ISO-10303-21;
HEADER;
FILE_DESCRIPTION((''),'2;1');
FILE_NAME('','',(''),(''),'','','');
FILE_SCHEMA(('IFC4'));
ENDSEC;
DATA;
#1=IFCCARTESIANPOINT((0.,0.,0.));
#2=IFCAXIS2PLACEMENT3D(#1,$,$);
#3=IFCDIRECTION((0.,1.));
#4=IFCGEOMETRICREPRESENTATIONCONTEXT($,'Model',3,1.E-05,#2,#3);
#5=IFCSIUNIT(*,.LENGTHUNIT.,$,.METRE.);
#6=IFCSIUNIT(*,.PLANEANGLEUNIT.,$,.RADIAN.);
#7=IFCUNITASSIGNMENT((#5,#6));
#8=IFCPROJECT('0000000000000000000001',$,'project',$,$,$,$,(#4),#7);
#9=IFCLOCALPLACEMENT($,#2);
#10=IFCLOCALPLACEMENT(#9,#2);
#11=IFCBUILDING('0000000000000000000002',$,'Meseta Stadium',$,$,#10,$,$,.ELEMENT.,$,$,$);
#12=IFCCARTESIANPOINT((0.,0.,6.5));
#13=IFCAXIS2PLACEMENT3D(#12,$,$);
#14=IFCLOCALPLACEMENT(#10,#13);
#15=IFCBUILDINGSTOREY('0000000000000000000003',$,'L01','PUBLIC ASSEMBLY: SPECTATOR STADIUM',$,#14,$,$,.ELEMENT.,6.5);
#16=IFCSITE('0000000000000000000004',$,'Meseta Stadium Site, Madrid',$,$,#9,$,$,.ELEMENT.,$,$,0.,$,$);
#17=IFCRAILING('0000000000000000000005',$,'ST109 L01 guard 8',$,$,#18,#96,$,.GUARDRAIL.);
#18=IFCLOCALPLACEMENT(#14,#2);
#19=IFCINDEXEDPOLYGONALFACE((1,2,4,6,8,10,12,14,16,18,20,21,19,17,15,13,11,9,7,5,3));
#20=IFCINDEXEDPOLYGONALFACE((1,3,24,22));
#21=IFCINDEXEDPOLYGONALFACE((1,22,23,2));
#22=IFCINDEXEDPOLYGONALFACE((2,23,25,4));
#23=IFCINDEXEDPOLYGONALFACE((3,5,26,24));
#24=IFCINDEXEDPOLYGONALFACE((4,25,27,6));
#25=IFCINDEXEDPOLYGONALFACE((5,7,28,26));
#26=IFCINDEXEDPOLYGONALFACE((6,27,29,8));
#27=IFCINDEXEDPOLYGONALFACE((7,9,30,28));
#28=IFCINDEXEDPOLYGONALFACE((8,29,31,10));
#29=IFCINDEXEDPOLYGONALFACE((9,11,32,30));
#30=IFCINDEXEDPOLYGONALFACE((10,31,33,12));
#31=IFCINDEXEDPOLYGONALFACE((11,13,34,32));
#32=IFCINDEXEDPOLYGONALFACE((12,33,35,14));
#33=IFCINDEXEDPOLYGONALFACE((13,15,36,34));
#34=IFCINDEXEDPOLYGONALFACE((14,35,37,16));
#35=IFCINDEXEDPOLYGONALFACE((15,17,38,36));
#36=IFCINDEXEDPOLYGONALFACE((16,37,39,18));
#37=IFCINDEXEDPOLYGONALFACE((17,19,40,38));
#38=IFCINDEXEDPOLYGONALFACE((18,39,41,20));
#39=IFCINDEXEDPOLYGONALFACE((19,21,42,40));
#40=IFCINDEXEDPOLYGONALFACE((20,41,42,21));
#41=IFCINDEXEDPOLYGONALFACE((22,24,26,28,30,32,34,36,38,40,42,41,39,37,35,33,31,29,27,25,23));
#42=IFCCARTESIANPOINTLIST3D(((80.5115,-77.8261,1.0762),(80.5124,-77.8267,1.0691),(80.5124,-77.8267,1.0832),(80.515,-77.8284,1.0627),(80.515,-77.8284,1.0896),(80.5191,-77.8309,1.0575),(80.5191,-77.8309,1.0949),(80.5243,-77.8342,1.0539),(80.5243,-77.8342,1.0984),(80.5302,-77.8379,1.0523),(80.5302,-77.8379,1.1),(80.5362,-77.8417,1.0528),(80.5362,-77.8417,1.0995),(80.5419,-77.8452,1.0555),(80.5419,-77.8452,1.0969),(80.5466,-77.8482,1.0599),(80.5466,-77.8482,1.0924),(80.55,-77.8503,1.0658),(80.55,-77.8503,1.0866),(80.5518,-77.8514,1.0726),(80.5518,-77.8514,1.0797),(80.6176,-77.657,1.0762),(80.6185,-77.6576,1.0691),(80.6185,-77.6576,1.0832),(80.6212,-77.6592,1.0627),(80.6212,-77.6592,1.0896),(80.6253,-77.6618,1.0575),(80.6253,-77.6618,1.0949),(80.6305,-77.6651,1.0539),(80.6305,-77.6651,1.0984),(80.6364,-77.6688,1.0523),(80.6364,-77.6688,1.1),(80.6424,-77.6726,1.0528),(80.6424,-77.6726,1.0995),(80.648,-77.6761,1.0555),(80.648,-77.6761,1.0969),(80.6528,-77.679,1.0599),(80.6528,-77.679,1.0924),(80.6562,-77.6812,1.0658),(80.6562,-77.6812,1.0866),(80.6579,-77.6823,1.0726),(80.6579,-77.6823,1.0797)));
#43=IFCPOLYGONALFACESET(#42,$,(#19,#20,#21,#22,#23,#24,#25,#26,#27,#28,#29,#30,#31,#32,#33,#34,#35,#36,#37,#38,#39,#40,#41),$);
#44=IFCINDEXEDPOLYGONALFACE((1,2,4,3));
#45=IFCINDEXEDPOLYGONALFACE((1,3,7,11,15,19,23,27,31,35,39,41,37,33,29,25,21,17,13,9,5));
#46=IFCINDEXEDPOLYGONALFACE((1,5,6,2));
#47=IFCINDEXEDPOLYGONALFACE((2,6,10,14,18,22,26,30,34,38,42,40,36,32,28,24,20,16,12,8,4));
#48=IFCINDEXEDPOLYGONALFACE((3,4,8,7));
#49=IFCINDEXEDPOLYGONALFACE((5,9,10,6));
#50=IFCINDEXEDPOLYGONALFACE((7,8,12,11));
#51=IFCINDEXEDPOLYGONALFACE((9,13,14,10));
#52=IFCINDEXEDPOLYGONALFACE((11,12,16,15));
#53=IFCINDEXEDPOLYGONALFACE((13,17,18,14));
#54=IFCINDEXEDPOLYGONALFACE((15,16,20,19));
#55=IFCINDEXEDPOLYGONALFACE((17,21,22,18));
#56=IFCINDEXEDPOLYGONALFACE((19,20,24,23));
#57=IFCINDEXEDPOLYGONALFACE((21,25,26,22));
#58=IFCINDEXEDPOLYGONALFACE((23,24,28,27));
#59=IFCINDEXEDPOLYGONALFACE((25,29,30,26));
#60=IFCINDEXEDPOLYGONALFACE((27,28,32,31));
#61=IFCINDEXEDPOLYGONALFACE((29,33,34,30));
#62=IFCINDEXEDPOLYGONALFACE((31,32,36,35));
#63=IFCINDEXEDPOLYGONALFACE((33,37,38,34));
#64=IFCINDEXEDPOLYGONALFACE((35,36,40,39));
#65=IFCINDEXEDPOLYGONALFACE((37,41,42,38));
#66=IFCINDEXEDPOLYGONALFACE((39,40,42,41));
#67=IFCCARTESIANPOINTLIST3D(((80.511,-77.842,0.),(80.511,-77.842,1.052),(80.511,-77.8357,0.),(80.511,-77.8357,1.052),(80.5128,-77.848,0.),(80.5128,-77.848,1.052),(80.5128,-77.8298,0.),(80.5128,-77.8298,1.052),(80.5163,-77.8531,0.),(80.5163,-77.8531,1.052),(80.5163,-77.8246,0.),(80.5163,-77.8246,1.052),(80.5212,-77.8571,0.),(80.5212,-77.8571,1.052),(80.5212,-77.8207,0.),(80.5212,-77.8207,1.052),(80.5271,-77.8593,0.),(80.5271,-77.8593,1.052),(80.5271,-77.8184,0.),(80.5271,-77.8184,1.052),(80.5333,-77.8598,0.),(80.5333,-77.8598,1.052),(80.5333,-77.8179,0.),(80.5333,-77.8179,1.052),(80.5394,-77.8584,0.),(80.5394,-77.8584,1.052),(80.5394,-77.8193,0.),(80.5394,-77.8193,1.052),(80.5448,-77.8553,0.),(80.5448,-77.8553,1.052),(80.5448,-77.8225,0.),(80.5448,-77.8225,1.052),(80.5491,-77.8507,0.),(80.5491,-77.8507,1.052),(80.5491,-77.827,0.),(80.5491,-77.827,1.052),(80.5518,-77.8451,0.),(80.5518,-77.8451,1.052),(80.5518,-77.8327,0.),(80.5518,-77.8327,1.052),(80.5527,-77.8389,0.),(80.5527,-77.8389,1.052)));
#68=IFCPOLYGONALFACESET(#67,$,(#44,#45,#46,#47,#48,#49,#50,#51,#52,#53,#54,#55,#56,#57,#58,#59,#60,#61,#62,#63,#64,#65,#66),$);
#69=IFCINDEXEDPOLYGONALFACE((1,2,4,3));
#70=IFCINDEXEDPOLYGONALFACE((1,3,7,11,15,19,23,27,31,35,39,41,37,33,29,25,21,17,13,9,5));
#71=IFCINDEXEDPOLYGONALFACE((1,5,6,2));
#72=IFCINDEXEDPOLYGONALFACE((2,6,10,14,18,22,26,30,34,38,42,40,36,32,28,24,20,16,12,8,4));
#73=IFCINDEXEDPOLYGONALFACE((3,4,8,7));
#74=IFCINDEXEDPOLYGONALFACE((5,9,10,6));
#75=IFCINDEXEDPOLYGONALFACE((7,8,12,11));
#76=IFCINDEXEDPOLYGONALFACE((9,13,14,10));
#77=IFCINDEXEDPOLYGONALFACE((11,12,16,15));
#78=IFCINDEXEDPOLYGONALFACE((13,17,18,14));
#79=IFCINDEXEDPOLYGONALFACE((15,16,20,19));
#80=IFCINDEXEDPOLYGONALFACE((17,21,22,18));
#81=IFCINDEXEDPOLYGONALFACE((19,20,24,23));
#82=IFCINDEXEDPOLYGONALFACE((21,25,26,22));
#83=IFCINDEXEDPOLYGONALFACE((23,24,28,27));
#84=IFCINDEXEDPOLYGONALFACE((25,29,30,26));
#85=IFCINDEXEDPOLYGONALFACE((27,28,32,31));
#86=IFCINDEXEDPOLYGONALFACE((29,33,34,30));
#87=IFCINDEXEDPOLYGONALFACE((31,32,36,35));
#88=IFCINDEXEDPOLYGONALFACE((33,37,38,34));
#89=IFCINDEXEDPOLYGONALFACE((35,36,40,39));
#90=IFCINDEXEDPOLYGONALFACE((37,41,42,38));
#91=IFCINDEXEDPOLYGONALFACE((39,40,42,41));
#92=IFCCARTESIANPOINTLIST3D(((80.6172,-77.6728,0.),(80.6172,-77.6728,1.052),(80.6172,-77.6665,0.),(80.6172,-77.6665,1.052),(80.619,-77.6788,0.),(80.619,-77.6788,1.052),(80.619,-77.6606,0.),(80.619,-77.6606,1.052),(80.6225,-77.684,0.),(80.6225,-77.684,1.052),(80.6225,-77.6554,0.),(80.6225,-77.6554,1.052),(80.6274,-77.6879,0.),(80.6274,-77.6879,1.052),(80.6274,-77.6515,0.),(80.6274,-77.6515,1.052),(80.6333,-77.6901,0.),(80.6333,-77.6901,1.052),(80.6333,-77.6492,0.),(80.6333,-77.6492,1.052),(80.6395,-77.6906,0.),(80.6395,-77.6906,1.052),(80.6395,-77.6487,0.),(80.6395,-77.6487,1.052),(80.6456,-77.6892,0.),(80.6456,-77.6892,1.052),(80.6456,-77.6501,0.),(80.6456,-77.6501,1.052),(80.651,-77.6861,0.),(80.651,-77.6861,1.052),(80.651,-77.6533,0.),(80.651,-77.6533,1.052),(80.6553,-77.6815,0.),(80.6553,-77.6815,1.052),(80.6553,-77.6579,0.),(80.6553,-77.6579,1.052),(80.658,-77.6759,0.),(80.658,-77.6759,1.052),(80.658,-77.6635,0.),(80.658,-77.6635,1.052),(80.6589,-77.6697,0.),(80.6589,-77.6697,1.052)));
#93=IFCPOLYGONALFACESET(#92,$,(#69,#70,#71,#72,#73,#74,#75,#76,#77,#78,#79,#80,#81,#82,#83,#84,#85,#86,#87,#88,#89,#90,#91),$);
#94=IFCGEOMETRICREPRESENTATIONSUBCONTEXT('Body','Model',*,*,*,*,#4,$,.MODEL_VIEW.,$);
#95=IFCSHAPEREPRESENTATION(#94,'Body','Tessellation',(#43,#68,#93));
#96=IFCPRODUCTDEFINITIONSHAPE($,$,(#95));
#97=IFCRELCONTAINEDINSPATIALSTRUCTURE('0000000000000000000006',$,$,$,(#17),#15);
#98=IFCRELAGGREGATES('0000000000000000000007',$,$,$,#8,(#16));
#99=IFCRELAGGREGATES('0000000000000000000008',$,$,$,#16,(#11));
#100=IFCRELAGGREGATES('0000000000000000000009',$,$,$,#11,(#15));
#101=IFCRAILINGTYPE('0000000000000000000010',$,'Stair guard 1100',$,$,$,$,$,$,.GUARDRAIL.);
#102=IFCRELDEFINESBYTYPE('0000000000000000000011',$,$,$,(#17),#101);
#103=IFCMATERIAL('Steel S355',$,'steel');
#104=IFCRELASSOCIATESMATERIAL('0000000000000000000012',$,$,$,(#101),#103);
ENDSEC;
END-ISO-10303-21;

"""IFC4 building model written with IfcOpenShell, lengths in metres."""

from ifc_helpers import new_model, si_unit, direction, frame, origin, origin_2d, place, context, subcontext, project, spatial, circle, extrude, material, type_object, element, save


model = new_model("IFC4")

# Units and contexts
model_context = context("Model", 3, precision=1e-05, world=origin(), true_north=direction((0.0, 1.0)))
body_context = subcontext(model_context, "Body", "Model", "MODEL_VIEW")
ifc_project = project(units=[si_unit("LENGTHUNIT", "METRE"), si_unit("PLANEANGLEUNIT", "RADIAN")], contexts=[model_context])

# Site, building, storey
site_placement = place(None, origin())
site = spatial("IfcSite", under=ifc_project, at=site_placement, Name="Meseta Stadium Site, Madrid", CompositionType="ELEMENT", RefElevation=0.0)
building_placement = place(site_placement, origin())
building = spatial("IfcBuilding", under=site, at=building_placement, Name="Meseta Stadium", CompositionType="ELEMENT")
storey_placement = place(building_placement, frame((0.0, 0.0, 6.5)))
storey = spatial("IfcBuildingStorey", under=building, at=storey_placement, Name="L01", Description="PUBLIC ASSEMBLY: SPECTATOR STADIUM", CompositionType="ELEMENT", Elevation=6.5)

# Railing
ifc_material_1 = material(Name="Steel S355", Category="steel")
railing_type_1 = type_object("IfcRailingType", Name="Stair guard 1100", PredefinedType="GUARDRAIL", material=ifc_material_1)
railing_1_placement = place(storey_placement, frame((80.5317, -77.8389, 0.0)))
element("IfcRailing", 1, at=railing_1_placement, inside=storey, type_object=railing_type_1, Name="ST109 L01 guard 8", PredefinedType="GUARDRAIL", context=body_context, shape_type="SweptSolid", body=[
    extrude(circle(Radius=0.0239, at=origin_2d()), frame((0.0, 0.0, 1.0762), z_axis=(0.531646, 0.846967, 0.0), x_axis=(-0.846967, 0.531646, 0.0)), (0.0, 0.0, 1.0), 0.1997),
    extrude(circle(Radius=0.021, at=origin_2d()), origin(), (0.0, 0.0, 1.0), 1.052),
    extrude(circle(Radius=0.021, at=origin_2d()), frame((0.1062, 0.1692, 0.0)), (0.0, 0.0, 1.0), 1.052),
])

save(model, "model.ifc")
